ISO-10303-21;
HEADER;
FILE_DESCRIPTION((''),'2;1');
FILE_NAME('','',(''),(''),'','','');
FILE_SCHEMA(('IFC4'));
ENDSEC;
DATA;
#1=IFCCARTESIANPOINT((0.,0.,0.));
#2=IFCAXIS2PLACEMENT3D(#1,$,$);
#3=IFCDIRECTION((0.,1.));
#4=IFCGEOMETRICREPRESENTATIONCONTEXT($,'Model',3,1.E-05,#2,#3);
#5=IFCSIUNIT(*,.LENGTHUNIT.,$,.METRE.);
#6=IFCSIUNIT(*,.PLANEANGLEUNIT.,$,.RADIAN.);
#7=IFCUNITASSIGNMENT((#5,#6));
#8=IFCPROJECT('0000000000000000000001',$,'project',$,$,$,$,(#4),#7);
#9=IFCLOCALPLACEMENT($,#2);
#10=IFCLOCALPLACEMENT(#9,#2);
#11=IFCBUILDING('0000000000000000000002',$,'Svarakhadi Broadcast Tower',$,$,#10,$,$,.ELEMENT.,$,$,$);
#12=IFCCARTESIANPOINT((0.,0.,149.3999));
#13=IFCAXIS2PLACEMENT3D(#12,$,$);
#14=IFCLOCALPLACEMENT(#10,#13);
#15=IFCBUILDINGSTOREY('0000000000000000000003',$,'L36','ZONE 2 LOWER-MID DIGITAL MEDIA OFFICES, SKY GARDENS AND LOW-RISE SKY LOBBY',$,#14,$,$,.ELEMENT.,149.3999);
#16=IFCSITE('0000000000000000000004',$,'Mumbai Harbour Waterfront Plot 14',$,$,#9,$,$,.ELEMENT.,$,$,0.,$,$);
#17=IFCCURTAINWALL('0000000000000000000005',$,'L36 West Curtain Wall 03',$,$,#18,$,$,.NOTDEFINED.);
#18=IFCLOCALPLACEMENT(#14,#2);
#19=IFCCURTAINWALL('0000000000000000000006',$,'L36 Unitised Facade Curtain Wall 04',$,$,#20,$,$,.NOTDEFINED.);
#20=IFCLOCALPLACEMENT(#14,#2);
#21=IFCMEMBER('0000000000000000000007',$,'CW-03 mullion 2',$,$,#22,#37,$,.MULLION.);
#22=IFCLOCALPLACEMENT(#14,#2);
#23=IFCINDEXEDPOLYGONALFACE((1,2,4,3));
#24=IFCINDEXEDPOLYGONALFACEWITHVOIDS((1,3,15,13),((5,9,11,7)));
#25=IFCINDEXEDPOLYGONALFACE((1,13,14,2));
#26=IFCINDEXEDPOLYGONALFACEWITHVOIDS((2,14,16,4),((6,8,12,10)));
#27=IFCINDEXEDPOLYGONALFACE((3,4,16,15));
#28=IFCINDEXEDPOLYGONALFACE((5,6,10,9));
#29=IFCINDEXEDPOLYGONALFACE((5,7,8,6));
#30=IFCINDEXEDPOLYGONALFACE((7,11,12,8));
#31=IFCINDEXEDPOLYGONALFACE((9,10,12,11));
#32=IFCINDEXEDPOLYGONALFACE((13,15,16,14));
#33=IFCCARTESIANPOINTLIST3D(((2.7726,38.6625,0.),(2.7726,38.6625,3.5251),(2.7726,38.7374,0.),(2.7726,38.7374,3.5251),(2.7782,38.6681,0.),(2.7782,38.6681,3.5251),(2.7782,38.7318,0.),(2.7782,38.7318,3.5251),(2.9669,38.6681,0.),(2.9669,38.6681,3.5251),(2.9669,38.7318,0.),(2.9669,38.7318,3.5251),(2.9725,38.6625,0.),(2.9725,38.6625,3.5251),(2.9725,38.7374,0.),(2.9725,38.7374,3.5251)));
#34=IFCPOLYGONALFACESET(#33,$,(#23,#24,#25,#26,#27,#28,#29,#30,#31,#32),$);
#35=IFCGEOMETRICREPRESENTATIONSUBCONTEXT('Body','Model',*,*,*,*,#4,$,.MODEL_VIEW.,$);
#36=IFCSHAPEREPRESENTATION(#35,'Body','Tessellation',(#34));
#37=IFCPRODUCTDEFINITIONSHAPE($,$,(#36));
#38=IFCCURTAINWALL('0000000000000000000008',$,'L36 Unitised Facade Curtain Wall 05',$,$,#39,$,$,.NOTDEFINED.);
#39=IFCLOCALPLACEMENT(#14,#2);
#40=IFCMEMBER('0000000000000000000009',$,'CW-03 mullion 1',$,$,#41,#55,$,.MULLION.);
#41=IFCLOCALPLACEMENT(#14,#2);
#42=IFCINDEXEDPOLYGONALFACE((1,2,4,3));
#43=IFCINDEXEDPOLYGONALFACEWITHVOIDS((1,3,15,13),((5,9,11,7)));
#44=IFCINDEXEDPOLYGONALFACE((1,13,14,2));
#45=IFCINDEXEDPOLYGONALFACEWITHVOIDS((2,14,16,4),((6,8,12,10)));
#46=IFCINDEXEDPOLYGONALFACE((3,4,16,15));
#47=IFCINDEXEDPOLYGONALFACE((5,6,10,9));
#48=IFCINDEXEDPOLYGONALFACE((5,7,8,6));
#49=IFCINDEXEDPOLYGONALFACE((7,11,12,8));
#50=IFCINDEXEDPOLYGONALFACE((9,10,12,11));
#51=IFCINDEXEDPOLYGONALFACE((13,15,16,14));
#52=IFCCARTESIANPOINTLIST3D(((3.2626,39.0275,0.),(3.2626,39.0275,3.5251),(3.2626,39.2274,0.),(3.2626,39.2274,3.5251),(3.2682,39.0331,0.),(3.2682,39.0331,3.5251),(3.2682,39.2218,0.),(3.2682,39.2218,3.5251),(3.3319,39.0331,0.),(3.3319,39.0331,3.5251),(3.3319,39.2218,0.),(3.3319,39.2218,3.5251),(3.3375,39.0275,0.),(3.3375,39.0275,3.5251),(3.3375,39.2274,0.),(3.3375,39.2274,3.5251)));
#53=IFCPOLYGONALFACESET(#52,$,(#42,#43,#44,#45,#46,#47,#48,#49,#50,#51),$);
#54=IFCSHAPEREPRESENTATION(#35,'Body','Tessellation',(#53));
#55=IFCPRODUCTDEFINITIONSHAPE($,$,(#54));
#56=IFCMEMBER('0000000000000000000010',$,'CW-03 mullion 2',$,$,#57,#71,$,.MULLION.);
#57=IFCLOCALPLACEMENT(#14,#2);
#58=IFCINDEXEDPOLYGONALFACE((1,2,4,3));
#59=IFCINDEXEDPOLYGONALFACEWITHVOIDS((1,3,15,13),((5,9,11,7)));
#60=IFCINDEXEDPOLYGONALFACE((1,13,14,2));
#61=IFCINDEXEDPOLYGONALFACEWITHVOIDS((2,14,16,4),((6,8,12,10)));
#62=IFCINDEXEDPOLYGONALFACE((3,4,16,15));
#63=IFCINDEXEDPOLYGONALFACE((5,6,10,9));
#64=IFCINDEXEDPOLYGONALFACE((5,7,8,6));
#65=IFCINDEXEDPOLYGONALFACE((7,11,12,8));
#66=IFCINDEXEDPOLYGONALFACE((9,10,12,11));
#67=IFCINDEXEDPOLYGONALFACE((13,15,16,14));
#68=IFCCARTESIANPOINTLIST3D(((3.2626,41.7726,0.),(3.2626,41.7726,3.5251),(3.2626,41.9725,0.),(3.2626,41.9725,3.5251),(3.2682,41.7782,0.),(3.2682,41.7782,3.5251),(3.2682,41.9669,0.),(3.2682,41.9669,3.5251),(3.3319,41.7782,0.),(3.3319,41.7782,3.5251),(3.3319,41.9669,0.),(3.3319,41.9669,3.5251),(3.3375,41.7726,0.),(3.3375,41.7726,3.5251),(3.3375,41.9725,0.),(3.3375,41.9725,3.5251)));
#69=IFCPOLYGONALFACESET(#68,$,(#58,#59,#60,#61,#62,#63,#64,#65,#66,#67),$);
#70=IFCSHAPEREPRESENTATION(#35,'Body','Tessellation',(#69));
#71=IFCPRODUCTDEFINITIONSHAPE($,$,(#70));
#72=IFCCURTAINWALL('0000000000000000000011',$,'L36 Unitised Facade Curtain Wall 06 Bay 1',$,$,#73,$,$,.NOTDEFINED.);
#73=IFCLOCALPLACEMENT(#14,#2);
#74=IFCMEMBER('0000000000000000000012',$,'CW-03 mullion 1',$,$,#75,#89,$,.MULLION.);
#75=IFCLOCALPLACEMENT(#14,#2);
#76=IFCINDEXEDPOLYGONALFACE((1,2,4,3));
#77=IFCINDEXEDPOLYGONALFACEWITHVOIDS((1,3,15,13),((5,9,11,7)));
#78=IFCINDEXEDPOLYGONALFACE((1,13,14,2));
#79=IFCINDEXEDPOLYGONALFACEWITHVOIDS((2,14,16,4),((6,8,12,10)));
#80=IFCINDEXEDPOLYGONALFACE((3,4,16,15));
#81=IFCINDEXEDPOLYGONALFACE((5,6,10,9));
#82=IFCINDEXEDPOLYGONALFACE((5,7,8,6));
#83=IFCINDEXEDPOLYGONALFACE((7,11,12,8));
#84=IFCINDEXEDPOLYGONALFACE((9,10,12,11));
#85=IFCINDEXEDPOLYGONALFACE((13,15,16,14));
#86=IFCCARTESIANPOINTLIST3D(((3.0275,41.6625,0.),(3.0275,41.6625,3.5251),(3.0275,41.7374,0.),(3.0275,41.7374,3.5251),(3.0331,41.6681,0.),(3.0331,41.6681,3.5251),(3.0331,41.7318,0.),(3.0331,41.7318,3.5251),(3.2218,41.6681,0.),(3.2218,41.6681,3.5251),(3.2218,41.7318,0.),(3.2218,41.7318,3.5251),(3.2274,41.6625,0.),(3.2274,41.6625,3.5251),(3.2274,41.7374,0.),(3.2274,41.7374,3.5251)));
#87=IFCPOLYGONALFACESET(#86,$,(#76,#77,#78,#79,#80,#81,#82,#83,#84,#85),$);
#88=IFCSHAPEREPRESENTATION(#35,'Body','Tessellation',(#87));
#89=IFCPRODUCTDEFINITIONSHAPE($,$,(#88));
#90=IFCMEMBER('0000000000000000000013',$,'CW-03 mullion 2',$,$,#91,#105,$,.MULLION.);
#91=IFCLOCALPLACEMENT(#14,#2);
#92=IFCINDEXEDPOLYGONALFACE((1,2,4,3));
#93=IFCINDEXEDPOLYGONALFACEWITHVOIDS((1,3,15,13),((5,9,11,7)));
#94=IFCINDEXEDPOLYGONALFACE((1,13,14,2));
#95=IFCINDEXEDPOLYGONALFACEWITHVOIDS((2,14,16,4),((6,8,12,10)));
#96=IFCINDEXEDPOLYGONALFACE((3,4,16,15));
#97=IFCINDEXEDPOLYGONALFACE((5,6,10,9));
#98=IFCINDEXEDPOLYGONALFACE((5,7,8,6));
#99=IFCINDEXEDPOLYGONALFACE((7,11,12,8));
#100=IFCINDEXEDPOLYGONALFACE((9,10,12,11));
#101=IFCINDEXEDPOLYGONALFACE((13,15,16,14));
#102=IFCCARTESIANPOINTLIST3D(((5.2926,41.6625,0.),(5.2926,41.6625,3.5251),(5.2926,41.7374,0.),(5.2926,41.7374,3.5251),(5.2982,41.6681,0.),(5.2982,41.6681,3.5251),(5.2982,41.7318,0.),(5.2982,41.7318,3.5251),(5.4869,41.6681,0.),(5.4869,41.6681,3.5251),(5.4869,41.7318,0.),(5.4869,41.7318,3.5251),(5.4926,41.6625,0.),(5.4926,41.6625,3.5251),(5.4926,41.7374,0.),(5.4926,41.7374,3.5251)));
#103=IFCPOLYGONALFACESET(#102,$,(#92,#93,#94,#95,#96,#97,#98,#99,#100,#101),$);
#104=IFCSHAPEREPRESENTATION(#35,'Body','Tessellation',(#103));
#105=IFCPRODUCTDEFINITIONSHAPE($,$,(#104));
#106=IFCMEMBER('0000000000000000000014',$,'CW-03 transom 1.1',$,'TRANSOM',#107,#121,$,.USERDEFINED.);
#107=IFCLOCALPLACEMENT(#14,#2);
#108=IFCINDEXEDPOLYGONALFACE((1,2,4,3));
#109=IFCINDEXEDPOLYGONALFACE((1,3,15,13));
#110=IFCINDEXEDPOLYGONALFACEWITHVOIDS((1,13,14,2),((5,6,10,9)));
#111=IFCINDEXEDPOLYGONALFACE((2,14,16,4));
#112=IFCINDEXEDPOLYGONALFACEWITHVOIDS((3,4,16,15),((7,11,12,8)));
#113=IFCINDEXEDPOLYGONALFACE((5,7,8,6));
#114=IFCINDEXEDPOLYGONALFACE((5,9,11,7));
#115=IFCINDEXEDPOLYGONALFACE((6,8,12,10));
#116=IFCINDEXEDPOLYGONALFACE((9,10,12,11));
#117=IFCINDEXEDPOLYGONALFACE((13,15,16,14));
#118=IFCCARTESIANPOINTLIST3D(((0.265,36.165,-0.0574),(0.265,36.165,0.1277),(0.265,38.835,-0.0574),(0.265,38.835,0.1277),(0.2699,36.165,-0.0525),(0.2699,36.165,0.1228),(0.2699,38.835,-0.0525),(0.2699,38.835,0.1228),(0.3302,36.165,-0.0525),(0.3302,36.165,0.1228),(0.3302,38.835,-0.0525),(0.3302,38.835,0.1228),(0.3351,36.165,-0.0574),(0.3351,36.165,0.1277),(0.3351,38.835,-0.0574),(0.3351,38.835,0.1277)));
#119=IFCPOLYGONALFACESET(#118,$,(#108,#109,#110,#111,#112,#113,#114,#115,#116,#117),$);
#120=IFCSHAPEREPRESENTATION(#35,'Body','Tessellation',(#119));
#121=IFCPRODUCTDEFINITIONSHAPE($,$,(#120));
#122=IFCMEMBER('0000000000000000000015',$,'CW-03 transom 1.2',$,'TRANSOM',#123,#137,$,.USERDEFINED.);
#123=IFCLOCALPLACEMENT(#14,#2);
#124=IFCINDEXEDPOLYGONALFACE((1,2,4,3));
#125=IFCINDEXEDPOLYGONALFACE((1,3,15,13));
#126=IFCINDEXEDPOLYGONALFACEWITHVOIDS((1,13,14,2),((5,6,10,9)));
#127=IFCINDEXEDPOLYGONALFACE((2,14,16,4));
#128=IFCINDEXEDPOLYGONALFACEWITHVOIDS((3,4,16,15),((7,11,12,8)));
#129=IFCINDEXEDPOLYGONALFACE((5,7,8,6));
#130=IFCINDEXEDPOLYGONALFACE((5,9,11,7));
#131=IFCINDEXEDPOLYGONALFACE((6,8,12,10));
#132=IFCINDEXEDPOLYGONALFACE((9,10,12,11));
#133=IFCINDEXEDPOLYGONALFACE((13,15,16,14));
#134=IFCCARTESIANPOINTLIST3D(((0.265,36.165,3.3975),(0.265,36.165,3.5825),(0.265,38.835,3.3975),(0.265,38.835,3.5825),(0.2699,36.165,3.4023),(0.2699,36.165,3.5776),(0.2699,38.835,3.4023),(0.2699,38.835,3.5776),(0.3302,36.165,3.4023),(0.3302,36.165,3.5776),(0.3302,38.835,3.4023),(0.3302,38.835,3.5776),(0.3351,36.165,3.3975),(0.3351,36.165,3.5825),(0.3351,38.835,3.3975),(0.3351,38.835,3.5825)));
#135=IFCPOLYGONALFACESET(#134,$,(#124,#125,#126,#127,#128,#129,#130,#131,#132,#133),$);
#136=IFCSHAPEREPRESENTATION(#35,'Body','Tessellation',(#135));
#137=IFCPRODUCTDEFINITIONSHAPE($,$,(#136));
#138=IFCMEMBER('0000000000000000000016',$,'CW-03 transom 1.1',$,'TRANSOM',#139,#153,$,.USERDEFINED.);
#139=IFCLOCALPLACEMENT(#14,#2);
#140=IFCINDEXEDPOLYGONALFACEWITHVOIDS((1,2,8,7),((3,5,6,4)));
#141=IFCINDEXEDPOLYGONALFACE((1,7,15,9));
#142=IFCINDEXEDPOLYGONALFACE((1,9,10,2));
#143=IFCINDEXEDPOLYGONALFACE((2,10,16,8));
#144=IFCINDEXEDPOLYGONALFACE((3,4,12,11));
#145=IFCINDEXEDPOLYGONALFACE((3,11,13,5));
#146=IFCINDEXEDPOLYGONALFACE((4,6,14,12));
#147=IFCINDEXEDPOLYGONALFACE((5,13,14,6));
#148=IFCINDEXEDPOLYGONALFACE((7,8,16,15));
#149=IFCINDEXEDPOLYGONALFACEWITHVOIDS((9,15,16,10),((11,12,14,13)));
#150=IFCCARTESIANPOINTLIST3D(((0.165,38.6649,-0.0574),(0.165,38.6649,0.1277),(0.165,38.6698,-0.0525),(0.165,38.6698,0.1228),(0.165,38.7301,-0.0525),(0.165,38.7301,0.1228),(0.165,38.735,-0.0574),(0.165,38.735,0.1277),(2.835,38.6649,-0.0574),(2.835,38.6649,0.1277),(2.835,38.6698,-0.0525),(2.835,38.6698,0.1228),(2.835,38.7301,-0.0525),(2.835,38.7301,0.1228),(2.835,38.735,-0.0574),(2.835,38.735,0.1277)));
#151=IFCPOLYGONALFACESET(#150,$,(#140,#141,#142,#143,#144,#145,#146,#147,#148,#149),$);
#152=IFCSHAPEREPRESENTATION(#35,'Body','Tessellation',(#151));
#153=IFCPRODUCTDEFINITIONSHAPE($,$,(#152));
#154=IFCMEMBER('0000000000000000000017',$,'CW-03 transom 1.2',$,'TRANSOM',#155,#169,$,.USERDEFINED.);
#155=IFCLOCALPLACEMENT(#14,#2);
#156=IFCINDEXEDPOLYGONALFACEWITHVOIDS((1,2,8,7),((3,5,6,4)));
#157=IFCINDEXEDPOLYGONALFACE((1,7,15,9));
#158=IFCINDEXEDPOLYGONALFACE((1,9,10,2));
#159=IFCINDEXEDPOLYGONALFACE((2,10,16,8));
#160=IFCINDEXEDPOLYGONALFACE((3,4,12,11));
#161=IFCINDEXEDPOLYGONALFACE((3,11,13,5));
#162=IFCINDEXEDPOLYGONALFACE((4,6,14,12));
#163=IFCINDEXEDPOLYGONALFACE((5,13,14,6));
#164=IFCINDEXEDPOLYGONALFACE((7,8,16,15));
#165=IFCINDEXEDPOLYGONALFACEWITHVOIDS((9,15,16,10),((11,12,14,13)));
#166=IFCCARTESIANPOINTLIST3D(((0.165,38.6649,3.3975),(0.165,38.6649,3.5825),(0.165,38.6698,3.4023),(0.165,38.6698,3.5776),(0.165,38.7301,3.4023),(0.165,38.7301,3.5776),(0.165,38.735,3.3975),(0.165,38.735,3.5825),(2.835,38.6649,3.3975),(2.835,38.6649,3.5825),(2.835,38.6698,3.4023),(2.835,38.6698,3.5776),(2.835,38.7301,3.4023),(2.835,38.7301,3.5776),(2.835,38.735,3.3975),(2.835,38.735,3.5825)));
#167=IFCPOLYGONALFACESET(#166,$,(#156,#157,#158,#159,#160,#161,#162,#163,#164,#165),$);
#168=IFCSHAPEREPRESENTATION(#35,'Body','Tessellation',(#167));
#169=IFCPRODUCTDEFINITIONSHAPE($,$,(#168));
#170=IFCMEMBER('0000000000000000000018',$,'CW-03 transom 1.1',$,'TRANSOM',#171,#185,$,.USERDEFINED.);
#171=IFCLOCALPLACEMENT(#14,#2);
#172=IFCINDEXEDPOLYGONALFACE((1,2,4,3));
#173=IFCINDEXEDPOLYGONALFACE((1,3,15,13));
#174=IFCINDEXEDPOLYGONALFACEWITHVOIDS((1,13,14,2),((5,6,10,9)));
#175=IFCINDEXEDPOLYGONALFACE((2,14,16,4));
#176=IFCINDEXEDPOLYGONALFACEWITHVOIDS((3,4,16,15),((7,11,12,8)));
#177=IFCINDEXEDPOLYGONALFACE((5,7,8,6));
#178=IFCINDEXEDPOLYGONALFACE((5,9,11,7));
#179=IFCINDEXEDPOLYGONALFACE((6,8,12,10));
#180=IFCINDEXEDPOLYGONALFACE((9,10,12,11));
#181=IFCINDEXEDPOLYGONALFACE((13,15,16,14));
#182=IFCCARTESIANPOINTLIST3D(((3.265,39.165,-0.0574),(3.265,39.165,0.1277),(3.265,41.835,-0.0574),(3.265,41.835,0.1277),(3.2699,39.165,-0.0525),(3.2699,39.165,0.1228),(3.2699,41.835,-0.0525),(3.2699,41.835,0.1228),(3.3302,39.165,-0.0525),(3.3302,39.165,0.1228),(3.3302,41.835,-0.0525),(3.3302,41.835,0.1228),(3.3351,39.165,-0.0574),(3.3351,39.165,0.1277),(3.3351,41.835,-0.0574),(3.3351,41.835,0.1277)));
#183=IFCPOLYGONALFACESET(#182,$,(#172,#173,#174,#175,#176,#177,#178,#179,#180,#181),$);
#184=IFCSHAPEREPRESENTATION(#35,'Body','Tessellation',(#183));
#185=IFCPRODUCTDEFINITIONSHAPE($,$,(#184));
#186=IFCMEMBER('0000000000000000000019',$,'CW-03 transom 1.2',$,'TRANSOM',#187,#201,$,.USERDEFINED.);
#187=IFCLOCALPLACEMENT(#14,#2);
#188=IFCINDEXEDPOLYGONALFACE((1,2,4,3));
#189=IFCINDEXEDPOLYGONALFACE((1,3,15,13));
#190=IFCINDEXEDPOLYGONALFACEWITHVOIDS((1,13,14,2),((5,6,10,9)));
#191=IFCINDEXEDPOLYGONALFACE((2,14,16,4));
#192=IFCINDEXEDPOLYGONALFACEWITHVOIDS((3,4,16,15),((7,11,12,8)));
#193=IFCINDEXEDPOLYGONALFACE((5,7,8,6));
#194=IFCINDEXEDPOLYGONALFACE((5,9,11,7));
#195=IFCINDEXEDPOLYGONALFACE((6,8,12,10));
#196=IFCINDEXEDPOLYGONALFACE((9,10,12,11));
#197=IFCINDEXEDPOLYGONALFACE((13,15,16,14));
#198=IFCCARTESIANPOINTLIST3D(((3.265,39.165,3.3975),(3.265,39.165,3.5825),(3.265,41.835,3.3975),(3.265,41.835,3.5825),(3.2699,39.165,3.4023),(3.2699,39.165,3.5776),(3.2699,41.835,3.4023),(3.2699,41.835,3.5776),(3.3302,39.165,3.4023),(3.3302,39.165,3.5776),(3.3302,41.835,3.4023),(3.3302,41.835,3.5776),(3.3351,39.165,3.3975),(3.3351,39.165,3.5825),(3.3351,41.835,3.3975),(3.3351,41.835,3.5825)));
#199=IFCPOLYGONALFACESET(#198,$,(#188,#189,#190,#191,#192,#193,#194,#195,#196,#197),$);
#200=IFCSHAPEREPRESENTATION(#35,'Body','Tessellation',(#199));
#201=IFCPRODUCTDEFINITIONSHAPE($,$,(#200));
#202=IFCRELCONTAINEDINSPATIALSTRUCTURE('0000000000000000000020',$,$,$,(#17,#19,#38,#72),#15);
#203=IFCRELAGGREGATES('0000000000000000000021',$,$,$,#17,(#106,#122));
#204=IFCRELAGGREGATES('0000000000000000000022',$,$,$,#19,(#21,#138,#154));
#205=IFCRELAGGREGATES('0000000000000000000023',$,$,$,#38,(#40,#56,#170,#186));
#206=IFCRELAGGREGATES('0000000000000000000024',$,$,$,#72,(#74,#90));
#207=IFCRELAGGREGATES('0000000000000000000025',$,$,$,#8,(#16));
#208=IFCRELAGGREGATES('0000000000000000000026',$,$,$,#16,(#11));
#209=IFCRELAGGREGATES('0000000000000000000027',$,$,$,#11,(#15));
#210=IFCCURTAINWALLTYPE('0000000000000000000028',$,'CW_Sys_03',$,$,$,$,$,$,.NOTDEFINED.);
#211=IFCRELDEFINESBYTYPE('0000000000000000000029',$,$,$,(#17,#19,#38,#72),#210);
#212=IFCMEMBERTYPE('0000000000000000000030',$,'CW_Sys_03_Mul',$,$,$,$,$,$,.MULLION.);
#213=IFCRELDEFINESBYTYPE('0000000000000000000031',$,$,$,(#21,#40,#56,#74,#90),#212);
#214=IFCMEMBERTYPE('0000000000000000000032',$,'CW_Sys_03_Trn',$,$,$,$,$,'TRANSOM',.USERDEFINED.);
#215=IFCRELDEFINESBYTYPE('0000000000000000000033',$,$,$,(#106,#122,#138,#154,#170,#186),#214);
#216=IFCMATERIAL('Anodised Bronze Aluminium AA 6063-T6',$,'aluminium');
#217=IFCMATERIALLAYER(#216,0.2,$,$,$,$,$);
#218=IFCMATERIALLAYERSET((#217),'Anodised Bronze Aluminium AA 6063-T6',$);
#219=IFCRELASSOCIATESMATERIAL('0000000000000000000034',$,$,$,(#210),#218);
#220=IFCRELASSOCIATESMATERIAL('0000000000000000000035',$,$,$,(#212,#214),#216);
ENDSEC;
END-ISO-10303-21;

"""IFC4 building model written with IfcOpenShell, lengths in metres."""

from ifc_helpers import new_model, si_unit, direction, frame, origin, origin_2d, place, context, subcontext, project, spatial, hollow_rectangle, extrude, material, layer, layer_set, material_profile, profile_set, type_object, element, aggregate, save


model = new_model("IFC4")

# Units and contexts
model_context = context("Model", 3, precision=1e-05, world=origin(), true_north=direction((0.0, 1.0)))
body_context = subcontext(model_context, "Body", "Model", "MODEL_VIEW")
ifc_project = project(units=[si_unit("LENGTHUNIT", "METRE"), si_unit("PLANEANGLEUNIT", "RADIAN")], contexts=[model_context])

# Site, building, storey
site_placement = place(None, origin())
site = spatial("IfcSite", under=ifc_project, at=site_placement, Name="Mumbai Harbour Waterfront Plot 14", CompositionType="ELEMENT", RefElevation=0.0)
building_placement = place(site_placement, origin())
building = spatial("IfcBuilding", under=site, at=building_placement, Name="Svarakhadi Broadcast Tower", CompositionType="ELEMENT")
storey_placement = place(building_placement, frame((0.0, 0.0, 149.3999)))
storey = spatial("IfcBuildingStorey", under=building, at=storey_placement, Name="L36", Description="ZONE 2 LOWER-MID DIGITAL MEDIA OFFICES, SKY GARDENS AND LOW-RISE SKY LOBBY", CompositionType="ELEMENT", Elevation=149.3999)

# Curtain walls, members
ifc_material_1 = material(Name="Anodised Bronze Aluminium AA 6063-T6", Category="aluminium")
ifc_layer_1 = layer(ifc_material_1, 0.2)
ifc_layer_set_1 = layer_set([ifc_layer_1], Name="Anodised Bronze Aluminium AA 6063-T6")
curtain_wall_type = type_object("IfcCurtainWallType", Name="CW_Sys_03", PredefinedType="NOTDEFINED", material=ifc_layer_set_1)
curtain_wall_1_placement = place(storey_placement, origin())
curtain_wall_1 = element("IfcCurtainWall", 1, at=curtain_wall_1_placement, inside=storey, type_object=curtain_wall_type, Name="L36 West Curtain Wall 03", PredefinedType="NOTDEFINED")
ifc_material_profile_1 = material_profile(ifc_material_1, hollow_rectangle(XDim=0.075, YDim=0.2, WallThickness=0.0056, at=origin_2d()), Name="ALU MULLION 200x75x6")
ifc_profile_set_1 = profile_set([ifc_material_profile_1], Name="Anodised Bronze Aluminium AA 6063-T6")
member_type_1 = type_object("IfcMemberType", Name="CW_Sys_03_Mul", PredefinedType="MULLION", material=ifc_profile_set_1)
curtain_wall_2_placement = place(storey_placement, origin())
curtain_wall_2 = element("IfcCurtainWall", 2, at=curtain_wall_2_placement, inside=storey, type_object=curtain_wall_type, Name="L36 Unitised Facade Curtain Wall 04", PredefinedType="NOTDEFINED")
member_1_placement = place(storey_placement, frame((2.8726, 38.7, 0.0), z_axis=(0.0, 0.0, 1.0), x_axis=(0.0, 1.0, 0.0)))
member_1 = element("IfcMember", 3, at=member_1_placement, type_object=member_type_1, Name="CW-03 mullion 2", PredefinedType="MULLION", context=body_context, shape_type="SweptSolid", body=[
    extrude(hollow_rectangle(XDim=0.075, YDim=0.2, WallThickness=0.0056, at=origin_2d()), origin(), (0.0, 0.0, 1.0), 3.5251),
])
curtain_wall_3_placement = place(storey_placement, origin())
curtain_wall_3 = element("IfcCurtainWall", 4, at=curtain_wall_3_placement, inside=storey, type_object=curtain_wall_type, Name="L36 Unitised Facade Curtain Wall 05", PredefinedType="NOTDEFINED")
member_2_placement = place(storey_placement, frame((3.3, 39.1274, 0.0), z_axis=(0.0, 0.0, 1.0), x_axis=(-1.0, 0.0, 0.0)))
member_2 = element("IfcMember", 5, at=member_2_placement, type_object=member_type_1, Name="CW-03 mullion 1", PredefinedType="MULLION", context=body_context, shape_type="SweptSolid", body=[
    extrude(hollow_rectangle(XDim=0.075, YDim=0.2, WallThickness=0.0056, at=origin_2d()), origin(), (0.0, 0.0, 1.0), 3.5251),
])
member_3_placement = place(storey_placement, frame((3.3, 41.8726, 0.0), z_axis=(0.0, 0.0, 1.0), x_axis=(-1.0, 0.0, 0.0)))
member_3 = element("IfcMember", 6, at=member_3_placement, type_object=member_type_1, Name="CW-03 mullion 2", PredefinedType="MULLION", context=body_context, shape_type="SweptSolid", body=[
    extrude(hollow_rectangle(XDim=0.075, YDim=0.2, WallThickness=0.0056, at=origin_2d()), origin(), (0.0, 0.0, 1.0), 3.5251),
])
curtain_wall_4_placement = place(storey_placement, origin())
curtain_wall_4 = element("IfcCurtainWall", 7, at=curtain_wall_4_placement, inside=storey, type_object=curtain_wall_type, Name="L36 Unitised Facade Curtain Wall 06 Bay 1", PredefinedType="NOTDEFINED")
member_4_placement = place(storey_placement, frame((3.1274, 41.7, 0.0), z_axis=(0.0, 0.0, 1.0), x_axis=(0.0, 1.0, 0.0)))
member_4 = element("IfcMember", 8, at=member_4_placement, type_object=member_type_1, Name="CW-03 mullion 1", PredefinedType="MULLION", context=body_context, shape_type="SweptSolid", body=[
    extrude(hollow_rectangle(XDim=0.075, YDim=0.2, WallThickness=0.0056, at=origin_2d()), origin(), (0.0, 0.0, 1.0), 3.5251),
])
member_5_placement = place(storey_placement, frame((5.3926, 41.7, 0.0), z_axis=(0.0, 0.0, 1.0), x_axis=(0.0, 1.0, 0.0)))
member_5 = element("IfcMember", 9, at=member_5_placement, type_object=member_type_1, Name="CW-03 mullion 2", PredefinedType="MULLION", context=body_context, shape_type="SweptSolid", body=[
    extrude(hollow_rectangle(XDim=0.075, YDim=0.2, WallThickness=0.0056, at=origin_2d()), origin(), (0.0, 0.0, 1.0), 3.5251),
])

# Members
ifc_material_profile_2 = material_profile(ifc_material_1, hollow_rectangle(XDim=0.0701, YDim=0.1851, WallThickness=0.0049, at=origin_2d()), Name="ALU TRANSOM 185x70x5")
ifc_profile_set_2 = profile_set([ifc_material_profile_2], Name="Anodised Bronze Aluminium AA 6063-T6")
member_type_2 = type_object("IfcMemberType", Name="CW_Sys_03_Trn", ElementType="TRANSOM", PredefinedType="USERDEFINED", material=ifc_profile_set_2)
member_6_placement = place(storey_placement, frame((0.3, 36.165, 0.0352), z_axis=(0.0, 1.0, 0.0), x_axis=(-1.0, 0.0, 0.0)))
member_6 = element("IfcMember", 10, at=member_6_placement, type_object=member_type_2, Name="CW-03 transom 1.1", ObjectType="TRANSOM", PredefinedType="USERDEFINED", context=body_context, shape_type="SweptSolid", body=[
    extrude(hollow_rectangle(XDim=0.0701, YDim=0.1851, WallThickness=0.0049, at=origin_2d()), origin(), (0.0, 0.0, 1.0), 2.6699),
])
member_7_placement = place(storey_placement, frame((0.3, 36.165, 3.49), z_axis=(0.0, 1.0, 0.0), x_axis=(-1.0, 0.0, 0.0)))
member_7 = element("IfcMember", 11, at=member_7_placement, type_object=member_type_2, Name="CW-03 transom 1.2", ObjectType="TRANSOM", PredefinedType="USERDEFINED", context=body_context, shape_type="SweptSolid", body=[
    extrude(hollow_rectangle(XDim=0.0701, YDim=0.1851, WallThickness=0.0049, at=origin_2d()), origin(), (0.0, 0.0, 1.0), 2.6699),
])
member_8_placement = place(storey_placement, frame((0.165, 38.7, 0.0352), z_axis=(1.0, 0.0, 0.0), x_axis=(0.0, 1.0, 0.0)))
member_8 = element("IfcMember", 12, at=member_8_placement, type_object=member_type_2, Name="CW-03 transom 1.1", ObjectType="TRANSOM", PredefinedType="USERDEFINED", context=body_context, shape_type="SweptSolid", body=[
    extrude(hollow_rectangle(XDim=0.0701, YDim=0.1851, WallThickness=0.0049, at=origin_2d()), origin(), (0.0, 0.0, 1.0), 2.6699),
])
member_9_placement = place(storey_placement, frame((0.165, 38.7, 3.49), z_axis=(1.0, 0.0, 0.0), x_axis=(0.0, 1.0, 0.0)))
member_9 = element("IfcMember", 13, at=member_9_placement, type_object=member_type_2, Name="CW-03 transom 1.2", ObjectType="TRANSOM", PredefinedType="USERDEFINED", context=body_context, shape_type="SweptSolid", body=[
    extrude(hollow_rectangle(XDim=0.0701, YDim=0.1851, WallThickness=0.0049, at=origin_2d()), origin(), (0.0, 0.0, 1.0), 2.6699),
])
member_10_placement = place(storey_placement, frame((3.3, 39.165, 0.0352), z_axis=(0.0, 1.0, 0.0), x_axis=(-1.0, 0.0, 0.0)))
member_10 = element("IfcMember", 14, at=member_10_placement, type_object=member_type_2, Name="CW-03 transom 1.1", ObjectType="TRANSOM", PredefinedType="USERDEFINED", context=body_context, shape_type="SweptSolid", body=[
    extrude(hollow_rectangle(XDim=0.0701, YDim=0.1851, WallThickness=0.0049, at=origin_2d()), origin(), (0.0, 0.0, 1.0), 2.6699),
])
member_11_placement = place(storey_placement, frame((3.3, 39.165, 3.49), z_axis=(0.0, 1.0, 0.0), x_axis=(-1.0, 0.0, 0.0)))
member_11 = element("IfcMember", 15, at=member_11_placement, type_object=member_type_2, Name="CW-03 transom 1.2", ObjectType="TRANSOM", PredefinedType="USERDEFINED", context=body_context, shape_type="SweptSolid", body=[
    extrude(hollow_rectangle(XDim=0.0701, YDim=0.1851, WallThickness=0.0049, at=origin_2d()), origin(), (0.0, 0.0, 1.0), 2.6699),
])

aggregate(curtain_wall_1, [member_6, member_7])
aggregate(curtain_wall_2, [member_1, member_8, member_9])
aggregate(curtain_wall_3, [member_2, member_3, member_10, member_11])
aggregate(curtain_wall_4, [member_4, member_5])

save(model, "model.ifc")
